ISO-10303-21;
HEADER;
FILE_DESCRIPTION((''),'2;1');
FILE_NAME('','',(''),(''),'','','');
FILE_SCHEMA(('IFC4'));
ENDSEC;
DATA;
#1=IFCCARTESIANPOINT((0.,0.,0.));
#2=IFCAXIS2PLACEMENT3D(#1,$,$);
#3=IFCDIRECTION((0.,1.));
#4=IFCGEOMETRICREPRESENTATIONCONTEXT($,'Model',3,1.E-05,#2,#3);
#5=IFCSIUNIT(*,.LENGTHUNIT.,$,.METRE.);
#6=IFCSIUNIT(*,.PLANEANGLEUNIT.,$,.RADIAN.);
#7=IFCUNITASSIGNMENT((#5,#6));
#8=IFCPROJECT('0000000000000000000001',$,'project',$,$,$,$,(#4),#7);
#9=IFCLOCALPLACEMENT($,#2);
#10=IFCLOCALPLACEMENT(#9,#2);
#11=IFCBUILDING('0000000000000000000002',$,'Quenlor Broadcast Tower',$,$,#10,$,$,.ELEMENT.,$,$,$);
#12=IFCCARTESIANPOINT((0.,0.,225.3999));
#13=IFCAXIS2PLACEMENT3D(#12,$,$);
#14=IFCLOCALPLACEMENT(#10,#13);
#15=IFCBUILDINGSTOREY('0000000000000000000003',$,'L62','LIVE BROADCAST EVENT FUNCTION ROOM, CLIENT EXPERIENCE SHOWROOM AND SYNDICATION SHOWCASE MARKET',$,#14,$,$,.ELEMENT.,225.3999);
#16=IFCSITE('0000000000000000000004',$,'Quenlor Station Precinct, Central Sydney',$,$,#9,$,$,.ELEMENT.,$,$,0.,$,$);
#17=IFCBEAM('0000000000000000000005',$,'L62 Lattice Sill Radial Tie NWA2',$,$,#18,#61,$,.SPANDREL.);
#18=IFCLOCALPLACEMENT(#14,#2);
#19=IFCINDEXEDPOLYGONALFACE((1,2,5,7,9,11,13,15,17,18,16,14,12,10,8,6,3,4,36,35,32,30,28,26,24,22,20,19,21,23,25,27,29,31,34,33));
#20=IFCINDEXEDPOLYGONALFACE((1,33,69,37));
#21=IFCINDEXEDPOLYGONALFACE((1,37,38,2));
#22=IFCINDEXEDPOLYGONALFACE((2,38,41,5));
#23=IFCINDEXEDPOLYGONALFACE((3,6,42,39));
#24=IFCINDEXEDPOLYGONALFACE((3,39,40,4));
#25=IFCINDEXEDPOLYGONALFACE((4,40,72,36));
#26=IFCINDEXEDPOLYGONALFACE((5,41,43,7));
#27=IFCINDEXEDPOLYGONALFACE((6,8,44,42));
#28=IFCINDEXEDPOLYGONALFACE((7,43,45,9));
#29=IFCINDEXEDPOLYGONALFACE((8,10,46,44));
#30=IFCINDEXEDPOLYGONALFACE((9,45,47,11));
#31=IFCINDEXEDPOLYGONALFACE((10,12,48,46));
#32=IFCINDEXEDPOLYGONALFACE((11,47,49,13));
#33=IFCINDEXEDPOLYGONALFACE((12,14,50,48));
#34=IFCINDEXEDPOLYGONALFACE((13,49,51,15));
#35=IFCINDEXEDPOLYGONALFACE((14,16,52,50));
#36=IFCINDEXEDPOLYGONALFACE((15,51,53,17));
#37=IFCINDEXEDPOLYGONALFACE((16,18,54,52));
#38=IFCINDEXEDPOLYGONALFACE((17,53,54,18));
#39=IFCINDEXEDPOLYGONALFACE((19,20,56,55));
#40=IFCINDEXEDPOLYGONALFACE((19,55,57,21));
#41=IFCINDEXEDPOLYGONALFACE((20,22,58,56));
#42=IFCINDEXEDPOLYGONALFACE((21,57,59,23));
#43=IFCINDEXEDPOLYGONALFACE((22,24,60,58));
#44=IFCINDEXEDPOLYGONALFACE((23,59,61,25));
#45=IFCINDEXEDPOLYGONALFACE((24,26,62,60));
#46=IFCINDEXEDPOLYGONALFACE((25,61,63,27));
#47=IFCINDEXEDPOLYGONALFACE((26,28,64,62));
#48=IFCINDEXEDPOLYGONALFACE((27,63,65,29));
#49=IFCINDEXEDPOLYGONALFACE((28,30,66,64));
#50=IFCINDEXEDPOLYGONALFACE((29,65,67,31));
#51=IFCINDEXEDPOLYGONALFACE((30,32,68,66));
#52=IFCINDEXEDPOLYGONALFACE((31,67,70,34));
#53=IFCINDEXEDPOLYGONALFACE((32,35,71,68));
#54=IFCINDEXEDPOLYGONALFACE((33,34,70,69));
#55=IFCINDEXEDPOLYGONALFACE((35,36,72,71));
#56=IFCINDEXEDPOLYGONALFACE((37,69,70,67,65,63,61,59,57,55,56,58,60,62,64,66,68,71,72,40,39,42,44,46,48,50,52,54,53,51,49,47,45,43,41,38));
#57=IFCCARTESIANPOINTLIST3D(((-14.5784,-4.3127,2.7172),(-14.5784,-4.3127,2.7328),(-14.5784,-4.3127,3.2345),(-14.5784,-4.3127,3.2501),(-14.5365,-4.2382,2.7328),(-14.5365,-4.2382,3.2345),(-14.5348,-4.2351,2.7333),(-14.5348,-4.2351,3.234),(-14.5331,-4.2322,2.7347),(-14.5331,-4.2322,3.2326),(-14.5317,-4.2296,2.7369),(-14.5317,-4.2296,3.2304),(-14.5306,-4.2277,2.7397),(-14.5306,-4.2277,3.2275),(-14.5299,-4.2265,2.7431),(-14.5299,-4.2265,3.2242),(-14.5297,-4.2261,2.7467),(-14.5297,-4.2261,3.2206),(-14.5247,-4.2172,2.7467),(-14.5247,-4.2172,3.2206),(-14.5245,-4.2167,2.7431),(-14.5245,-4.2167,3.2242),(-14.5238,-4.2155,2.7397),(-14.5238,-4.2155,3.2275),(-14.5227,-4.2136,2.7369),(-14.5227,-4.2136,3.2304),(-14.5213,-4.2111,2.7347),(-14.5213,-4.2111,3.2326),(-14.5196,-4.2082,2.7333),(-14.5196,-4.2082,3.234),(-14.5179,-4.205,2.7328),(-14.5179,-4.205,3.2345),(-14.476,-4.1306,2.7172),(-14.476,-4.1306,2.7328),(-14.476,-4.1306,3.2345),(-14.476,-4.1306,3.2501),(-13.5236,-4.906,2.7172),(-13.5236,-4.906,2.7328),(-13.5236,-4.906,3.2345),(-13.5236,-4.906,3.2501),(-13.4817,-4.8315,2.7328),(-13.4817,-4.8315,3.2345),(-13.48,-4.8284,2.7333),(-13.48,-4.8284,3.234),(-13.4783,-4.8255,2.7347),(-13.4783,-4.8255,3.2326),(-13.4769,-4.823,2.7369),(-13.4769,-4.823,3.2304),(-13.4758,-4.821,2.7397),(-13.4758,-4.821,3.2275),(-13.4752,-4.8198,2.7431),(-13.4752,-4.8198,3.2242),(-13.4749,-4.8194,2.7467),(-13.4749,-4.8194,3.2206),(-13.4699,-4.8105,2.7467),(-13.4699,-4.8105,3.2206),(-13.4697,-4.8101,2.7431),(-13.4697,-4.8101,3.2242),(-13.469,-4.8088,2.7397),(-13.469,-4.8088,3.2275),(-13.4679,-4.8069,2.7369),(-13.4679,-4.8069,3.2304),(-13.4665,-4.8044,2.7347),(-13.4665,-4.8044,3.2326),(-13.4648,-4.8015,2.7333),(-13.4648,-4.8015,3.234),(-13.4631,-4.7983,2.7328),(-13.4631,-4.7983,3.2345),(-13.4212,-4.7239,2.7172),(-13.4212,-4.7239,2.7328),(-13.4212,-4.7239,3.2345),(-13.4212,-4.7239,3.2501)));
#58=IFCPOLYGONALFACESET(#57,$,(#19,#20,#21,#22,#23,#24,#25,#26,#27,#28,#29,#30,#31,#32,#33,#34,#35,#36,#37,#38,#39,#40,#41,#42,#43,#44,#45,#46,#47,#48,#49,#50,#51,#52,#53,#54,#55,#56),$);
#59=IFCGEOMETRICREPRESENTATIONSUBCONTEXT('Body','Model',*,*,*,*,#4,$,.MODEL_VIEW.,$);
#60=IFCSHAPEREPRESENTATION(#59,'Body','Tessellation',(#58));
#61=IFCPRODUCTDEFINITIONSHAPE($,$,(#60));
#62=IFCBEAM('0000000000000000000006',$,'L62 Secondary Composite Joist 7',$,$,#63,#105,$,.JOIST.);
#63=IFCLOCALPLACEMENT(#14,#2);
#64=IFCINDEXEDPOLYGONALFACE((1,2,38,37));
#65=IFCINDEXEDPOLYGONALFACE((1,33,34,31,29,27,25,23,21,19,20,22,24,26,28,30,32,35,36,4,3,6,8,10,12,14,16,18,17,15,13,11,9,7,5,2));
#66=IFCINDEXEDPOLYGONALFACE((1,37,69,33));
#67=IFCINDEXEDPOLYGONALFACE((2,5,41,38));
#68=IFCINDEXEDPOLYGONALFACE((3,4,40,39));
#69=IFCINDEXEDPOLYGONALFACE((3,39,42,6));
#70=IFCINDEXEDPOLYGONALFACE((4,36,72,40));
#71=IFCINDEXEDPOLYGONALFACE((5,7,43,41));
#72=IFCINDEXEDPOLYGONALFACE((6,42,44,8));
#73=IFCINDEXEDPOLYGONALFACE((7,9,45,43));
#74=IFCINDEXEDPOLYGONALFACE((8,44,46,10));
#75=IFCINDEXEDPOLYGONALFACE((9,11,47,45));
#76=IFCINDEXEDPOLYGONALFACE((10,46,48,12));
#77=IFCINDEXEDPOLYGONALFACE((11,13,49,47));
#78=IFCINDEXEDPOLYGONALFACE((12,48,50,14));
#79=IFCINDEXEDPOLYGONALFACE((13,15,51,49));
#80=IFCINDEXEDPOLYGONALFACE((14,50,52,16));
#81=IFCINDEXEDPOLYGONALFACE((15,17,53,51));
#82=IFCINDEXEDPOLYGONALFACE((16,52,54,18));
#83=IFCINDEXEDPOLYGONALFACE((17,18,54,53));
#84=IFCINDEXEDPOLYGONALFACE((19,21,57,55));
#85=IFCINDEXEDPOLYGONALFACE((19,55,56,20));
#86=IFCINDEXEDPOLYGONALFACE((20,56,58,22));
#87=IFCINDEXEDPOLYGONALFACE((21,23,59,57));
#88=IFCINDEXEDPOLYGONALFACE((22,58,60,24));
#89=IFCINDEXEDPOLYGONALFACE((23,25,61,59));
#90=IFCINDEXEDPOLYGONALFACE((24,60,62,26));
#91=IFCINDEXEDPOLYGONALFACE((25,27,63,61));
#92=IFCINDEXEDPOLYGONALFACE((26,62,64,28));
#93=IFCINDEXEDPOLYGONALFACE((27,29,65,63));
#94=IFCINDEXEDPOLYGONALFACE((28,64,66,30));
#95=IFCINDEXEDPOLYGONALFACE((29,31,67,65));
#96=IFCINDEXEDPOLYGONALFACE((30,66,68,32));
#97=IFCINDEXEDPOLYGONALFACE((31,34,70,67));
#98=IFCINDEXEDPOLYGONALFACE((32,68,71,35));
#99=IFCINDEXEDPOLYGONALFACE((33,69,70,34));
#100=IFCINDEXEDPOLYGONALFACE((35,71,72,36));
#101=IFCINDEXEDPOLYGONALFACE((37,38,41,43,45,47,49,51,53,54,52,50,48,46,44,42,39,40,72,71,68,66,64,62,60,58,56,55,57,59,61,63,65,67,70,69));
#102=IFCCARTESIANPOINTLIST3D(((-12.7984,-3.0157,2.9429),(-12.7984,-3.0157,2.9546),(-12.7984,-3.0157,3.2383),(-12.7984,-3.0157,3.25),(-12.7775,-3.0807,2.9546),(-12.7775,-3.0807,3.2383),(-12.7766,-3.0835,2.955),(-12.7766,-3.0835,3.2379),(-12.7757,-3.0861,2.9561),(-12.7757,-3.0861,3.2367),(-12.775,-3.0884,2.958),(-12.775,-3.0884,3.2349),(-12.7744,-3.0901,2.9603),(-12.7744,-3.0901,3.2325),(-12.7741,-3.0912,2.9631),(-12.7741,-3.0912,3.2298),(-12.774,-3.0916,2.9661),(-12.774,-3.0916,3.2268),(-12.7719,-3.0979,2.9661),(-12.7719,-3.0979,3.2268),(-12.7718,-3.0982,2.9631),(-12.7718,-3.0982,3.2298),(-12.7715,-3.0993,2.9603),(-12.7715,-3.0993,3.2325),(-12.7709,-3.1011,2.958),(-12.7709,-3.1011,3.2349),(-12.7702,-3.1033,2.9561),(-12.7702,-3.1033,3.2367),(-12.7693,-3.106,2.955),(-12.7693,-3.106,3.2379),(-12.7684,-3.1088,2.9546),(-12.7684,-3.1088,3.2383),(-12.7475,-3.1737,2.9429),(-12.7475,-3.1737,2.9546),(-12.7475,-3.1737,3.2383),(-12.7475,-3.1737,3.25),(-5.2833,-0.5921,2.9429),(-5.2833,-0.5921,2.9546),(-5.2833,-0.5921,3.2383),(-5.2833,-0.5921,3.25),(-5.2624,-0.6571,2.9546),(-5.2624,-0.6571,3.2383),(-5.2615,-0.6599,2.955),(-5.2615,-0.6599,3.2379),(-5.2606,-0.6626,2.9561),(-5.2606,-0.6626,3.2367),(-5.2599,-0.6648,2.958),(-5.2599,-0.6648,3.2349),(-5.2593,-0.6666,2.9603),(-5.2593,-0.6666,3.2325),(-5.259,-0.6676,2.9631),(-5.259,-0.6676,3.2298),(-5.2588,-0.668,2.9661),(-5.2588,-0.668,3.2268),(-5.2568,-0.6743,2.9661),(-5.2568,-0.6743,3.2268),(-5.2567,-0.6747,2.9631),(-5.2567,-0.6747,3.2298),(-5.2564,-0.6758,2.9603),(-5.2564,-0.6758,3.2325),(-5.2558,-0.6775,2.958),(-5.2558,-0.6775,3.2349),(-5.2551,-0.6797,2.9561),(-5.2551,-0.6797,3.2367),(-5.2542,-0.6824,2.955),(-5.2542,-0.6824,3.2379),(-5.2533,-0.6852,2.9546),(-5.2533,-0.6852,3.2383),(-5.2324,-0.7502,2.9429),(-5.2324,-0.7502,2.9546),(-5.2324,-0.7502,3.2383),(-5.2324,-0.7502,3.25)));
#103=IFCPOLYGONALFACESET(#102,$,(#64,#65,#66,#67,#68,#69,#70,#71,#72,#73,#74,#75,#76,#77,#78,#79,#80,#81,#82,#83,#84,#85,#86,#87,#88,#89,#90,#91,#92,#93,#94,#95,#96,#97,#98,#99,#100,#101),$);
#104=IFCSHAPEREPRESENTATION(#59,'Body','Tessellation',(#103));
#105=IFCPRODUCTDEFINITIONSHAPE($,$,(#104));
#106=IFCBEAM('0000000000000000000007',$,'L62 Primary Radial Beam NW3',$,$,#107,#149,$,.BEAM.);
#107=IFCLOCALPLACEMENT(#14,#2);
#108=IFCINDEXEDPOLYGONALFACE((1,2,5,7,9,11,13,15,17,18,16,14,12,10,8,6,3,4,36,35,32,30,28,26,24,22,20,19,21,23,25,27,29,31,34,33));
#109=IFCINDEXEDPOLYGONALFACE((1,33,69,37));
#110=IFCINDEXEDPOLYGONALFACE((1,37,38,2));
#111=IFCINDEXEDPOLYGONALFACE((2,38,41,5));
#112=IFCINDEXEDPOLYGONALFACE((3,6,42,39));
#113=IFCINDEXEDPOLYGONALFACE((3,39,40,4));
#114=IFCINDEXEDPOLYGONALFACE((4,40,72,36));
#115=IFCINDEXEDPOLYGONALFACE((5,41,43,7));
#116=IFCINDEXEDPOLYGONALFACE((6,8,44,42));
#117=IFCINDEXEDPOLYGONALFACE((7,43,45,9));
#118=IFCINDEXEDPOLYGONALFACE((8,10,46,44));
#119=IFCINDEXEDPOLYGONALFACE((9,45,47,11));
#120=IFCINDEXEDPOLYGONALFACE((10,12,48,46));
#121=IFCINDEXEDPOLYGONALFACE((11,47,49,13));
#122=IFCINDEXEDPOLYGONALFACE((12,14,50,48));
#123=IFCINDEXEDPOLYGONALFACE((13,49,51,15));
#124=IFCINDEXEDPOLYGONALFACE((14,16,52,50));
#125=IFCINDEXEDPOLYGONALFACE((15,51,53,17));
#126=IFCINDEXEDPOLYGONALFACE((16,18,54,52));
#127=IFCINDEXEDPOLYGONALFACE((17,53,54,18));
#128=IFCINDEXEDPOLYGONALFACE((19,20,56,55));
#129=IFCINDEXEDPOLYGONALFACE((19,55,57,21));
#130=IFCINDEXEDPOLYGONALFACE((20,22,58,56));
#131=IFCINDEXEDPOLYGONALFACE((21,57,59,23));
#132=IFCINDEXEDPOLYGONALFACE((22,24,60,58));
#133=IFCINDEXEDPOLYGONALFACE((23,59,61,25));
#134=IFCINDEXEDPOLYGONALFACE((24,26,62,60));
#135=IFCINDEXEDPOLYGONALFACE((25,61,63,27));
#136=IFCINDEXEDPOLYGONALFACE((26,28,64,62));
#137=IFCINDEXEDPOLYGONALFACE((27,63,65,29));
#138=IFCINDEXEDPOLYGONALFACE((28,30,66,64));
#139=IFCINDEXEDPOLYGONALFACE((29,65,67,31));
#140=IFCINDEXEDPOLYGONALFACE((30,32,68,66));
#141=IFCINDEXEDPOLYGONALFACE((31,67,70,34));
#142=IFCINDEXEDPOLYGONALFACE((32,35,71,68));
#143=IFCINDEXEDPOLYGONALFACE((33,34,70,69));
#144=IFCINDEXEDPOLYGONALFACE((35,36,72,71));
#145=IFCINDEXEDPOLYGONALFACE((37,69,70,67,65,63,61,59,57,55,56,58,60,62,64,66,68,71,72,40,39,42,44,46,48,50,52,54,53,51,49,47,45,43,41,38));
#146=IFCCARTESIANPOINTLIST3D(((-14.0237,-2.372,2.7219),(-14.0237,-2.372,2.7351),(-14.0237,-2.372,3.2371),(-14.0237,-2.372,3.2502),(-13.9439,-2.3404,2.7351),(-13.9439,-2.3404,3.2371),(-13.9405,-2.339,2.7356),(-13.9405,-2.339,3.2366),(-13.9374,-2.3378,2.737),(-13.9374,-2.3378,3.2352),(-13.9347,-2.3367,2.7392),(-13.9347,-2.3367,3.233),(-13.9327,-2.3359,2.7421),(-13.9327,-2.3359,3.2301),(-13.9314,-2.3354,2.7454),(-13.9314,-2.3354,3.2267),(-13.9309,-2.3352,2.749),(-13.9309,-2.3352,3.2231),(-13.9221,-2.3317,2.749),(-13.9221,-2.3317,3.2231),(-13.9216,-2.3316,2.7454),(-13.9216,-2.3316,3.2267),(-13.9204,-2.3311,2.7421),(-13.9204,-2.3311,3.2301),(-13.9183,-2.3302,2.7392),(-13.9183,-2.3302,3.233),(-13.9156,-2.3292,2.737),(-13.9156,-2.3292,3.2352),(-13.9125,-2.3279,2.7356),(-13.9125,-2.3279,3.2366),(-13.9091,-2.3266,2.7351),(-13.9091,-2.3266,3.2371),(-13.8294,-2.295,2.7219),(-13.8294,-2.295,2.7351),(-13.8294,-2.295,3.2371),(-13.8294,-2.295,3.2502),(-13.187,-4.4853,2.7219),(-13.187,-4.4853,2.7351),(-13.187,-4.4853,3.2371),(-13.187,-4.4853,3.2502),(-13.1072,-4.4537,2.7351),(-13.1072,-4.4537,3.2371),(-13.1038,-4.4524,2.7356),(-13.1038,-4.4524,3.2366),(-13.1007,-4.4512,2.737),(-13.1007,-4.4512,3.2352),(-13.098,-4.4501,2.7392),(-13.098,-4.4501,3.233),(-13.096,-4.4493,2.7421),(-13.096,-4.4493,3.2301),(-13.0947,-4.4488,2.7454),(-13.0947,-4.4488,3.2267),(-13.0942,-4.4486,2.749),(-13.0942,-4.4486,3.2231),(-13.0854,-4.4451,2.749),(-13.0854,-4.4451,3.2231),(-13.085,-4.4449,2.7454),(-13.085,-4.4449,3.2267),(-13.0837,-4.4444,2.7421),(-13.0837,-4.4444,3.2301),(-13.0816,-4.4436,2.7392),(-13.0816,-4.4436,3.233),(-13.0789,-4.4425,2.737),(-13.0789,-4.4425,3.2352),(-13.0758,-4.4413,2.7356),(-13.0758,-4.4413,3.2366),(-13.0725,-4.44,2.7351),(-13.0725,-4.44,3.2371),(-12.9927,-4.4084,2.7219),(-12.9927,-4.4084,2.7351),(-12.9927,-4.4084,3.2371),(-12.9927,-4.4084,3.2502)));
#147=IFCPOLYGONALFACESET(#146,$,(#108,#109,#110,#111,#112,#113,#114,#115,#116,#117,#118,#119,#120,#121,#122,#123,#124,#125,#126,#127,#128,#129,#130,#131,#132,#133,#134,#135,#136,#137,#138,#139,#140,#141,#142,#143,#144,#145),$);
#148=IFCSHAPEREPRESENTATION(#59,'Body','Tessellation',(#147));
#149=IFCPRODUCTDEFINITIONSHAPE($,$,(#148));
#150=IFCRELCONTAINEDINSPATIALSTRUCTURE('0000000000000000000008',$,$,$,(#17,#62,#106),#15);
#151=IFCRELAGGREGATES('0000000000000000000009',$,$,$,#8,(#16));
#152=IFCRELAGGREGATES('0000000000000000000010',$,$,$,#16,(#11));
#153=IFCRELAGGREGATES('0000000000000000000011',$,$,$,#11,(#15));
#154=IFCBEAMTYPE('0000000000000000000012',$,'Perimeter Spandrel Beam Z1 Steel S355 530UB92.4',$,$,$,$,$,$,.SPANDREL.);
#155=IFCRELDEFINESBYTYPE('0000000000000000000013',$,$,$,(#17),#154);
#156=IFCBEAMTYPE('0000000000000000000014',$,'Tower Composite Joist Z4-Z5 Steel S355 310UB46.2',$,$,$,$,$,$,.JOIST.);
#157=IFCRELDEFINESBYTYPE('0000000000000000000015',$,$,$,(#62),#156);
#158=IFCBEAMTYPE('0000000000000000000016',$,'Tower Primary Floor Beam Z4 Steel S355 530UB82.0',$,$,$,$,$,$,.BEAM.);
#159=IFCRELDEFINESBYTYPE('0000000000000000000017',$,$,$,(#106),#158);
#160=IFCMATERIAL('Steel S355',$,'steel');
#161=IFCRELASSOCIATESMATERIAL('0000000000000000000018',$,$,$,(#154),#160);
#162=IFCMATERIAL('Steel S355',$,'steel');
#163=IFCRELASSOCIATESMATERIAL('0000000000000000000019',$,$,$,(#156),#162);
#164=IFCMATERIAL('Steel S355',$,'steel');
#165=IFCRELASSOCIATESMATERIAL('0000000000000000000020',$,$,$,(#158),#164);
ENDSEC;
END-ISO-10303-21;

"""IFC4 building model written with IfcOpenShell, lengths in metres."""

from ifc_helpers import new_model, si_unit, direction, frame, origin, origin_2d, place, context, subcontext, project, spatial, i_section, extrude, material, material_profile, profile_set, type_object, element, save


model = new_model("IFC4")

# Units and contexts
model_context = context("Model", 3, precision=1e-05, world=origin(), true_north=direction((0.0, 1.0)))
body_context = subcontext(model_context, "Body", "Model", "MODEL_VIEW")
ifc_project = project(units=[si_unit("LENGTHUNIT", "METRE"), si_unit("PLANEANGLEUNIT", "RADIAN")], contexts=[model_context])

# Site, building, storey
site_placement = place(None, origin())
site = spatial("IfcSite", under=ifc_project, at=site_placement, Name="Quenlor Station Precinct, Central Sydney", CompositionType="ELEMENT", RefElevation=0.0)
building_placement = place(site_placement, origin())
building = spatial("IfcBuilding", under=site, at=building_placement, Name="Quenlor Broadcast Tower", CompositionType="ELEMENT")
storey_placement = place(building_placement, frame((0.0, 0.0, 225.3999)))
storey = spatial("IfcBuildingStorey", under=building, at=storey_placement, Name="L62", Description="LIVE BROADCAST EVENT FUNCTION ROOM, CLIENT EXPERIENCE SHOWROOM AND SYNDICATION SHOWCASE MARKET", CompositionType="ELEMENT", Elevation=225.3999)

# Beams
ifc_material_1 = material(Name="Steel S355", Category="steel")
ifc_material_profile_1 = material_profile(ifc_material_1, i_section(OverallWidth=0.209, OverallDepth=0.533, WebThickness=0.0103, FlangeThickness=0.0156, FilletRadius=0.0139, at=origin_2d()))
ifc_profile_set_1 = profile_set([ifc_material_profile_1], Name="Steel S355 530UB92.4")
beam_type_1 = type_object("IfcBeamType", Name="Perimeter Spandrel Beam Z1 Steel S355 530UB92.4", PredefinedType="SPANDREL", material=ifc_profile_set_1)
beam_1_placement = place(storey_placement, frame((-13.4724, -4.8149, 2.9836), z_axis=(-0.871576, 0.490261, 0.0), x_axis=(-0.490261, -0.871576, 0.0)))
element("IfcBeam", 1, at=beam_1_placement, inside=storey, type_object=beam_type_1, Name="L62 Lattice Sill Radial Tie NWA2", PredefinedType="SPANDREL", context=body_context, shape_type="SweptSolid", body=[
    extrude(i_section(OverallWidth=0.209, OverallDepth=0.533, WebThickness=0.0103, FlangeThickness=0.0156, FilletRadius=0.0139, at=origin_2d()), origin(), (0.0, 0.0, 1.0), 1.2102),
])
ifc_material_2 = material(Name="Steel S355", Category="steel")
ifc_material_profile_2 = material_profile(ifc_material_2, i_section(OverallWidth=0.166, OverallDepth=0.3071, WebThickness=0.0066, FlangeThickness=0.0117, FilletRadius=0.0115, at=origin_2d()))
ifc_profile_set_2 = profile_set([ifc_material_profile_2], Name="Steel S355 310UB46.2")
beam_type_2 = type_object("IfcBeamType", Name="Tower Composite Joist Z4-Z5 Steel S355 310UB46.2", PredefinedType="JOIST", material=ifc_profile_set_2)
beam_2_placement = place(storey_placement, frame((-12.7729, -3.0947, 3.0964), z_axis=(0.951733, 0.306928, 0.0), x_axis=(-0.306928, 0.951733, 0.0)))
element("IfcBeam", 2, at=beam_2_placement, inside=storey, type_object=beam_type_2, Name="L62 Secondary Composite Joist 7", PredefinedType="JOIST", context=body_context, shape_type="SweptSolid", body=[
    extrude(i_section(OverallWidth=0.166, OverallDepth=0.3071, WebThickness=0.0066, FlangeThickness=0.0117, FilletRadius=0.0115, at=origin_2d()), origin(), (0.0, 0.0, 1.0), 7.8962),
])
ifc_material_3 = material(Name="Steel S355", Category="steel")
ifc_material_profile_3 = material_profile(ifc_material_3, i_section(OverallWidth=0.209, OverallDepth=0.5283, WebThickness=0.0095, FlangeThickness=0.0132, FilletRadius=0.0139, at=origin_2d()))
ifc_profile_set_3 = profile_set([ifc_material_profile_3], Name="Steel S355 530UB82.0")
beam_type_3 = type_object("IfcBeamType", Name="Tower Primary Floor Beam Z4 Steel S355 530UB82.0", PredefinedType="BEAM", material=ifc_profile_set_3)
beam_3_placement = place(storey_placement, frame((-13.9265, -2.3335, 2.9861), z_axis=(0.36811, -0.929782, 0.0), x_axis=(0.929782, 0.36811, 0.0)))
element("IfcBeam", 3, at=beam_3_placement, inside=storey, type_object=beam_type_3, Name="L62 Primary Radial Beam NW3", PredefinedType="BEAM", context=body_context, shape_type="SweptSolid", body=[
    extrude(i_section(OverallWidth=0.209, OverallDepth=0.5283, WebThickness=0.0095, FlangeThickness=0.0132, FilletRadius=0.0139, at=origin_2d()), origin(), (0.0, 0.0, 1.0), 2.2729),
])

save(model, "model.ifc")
